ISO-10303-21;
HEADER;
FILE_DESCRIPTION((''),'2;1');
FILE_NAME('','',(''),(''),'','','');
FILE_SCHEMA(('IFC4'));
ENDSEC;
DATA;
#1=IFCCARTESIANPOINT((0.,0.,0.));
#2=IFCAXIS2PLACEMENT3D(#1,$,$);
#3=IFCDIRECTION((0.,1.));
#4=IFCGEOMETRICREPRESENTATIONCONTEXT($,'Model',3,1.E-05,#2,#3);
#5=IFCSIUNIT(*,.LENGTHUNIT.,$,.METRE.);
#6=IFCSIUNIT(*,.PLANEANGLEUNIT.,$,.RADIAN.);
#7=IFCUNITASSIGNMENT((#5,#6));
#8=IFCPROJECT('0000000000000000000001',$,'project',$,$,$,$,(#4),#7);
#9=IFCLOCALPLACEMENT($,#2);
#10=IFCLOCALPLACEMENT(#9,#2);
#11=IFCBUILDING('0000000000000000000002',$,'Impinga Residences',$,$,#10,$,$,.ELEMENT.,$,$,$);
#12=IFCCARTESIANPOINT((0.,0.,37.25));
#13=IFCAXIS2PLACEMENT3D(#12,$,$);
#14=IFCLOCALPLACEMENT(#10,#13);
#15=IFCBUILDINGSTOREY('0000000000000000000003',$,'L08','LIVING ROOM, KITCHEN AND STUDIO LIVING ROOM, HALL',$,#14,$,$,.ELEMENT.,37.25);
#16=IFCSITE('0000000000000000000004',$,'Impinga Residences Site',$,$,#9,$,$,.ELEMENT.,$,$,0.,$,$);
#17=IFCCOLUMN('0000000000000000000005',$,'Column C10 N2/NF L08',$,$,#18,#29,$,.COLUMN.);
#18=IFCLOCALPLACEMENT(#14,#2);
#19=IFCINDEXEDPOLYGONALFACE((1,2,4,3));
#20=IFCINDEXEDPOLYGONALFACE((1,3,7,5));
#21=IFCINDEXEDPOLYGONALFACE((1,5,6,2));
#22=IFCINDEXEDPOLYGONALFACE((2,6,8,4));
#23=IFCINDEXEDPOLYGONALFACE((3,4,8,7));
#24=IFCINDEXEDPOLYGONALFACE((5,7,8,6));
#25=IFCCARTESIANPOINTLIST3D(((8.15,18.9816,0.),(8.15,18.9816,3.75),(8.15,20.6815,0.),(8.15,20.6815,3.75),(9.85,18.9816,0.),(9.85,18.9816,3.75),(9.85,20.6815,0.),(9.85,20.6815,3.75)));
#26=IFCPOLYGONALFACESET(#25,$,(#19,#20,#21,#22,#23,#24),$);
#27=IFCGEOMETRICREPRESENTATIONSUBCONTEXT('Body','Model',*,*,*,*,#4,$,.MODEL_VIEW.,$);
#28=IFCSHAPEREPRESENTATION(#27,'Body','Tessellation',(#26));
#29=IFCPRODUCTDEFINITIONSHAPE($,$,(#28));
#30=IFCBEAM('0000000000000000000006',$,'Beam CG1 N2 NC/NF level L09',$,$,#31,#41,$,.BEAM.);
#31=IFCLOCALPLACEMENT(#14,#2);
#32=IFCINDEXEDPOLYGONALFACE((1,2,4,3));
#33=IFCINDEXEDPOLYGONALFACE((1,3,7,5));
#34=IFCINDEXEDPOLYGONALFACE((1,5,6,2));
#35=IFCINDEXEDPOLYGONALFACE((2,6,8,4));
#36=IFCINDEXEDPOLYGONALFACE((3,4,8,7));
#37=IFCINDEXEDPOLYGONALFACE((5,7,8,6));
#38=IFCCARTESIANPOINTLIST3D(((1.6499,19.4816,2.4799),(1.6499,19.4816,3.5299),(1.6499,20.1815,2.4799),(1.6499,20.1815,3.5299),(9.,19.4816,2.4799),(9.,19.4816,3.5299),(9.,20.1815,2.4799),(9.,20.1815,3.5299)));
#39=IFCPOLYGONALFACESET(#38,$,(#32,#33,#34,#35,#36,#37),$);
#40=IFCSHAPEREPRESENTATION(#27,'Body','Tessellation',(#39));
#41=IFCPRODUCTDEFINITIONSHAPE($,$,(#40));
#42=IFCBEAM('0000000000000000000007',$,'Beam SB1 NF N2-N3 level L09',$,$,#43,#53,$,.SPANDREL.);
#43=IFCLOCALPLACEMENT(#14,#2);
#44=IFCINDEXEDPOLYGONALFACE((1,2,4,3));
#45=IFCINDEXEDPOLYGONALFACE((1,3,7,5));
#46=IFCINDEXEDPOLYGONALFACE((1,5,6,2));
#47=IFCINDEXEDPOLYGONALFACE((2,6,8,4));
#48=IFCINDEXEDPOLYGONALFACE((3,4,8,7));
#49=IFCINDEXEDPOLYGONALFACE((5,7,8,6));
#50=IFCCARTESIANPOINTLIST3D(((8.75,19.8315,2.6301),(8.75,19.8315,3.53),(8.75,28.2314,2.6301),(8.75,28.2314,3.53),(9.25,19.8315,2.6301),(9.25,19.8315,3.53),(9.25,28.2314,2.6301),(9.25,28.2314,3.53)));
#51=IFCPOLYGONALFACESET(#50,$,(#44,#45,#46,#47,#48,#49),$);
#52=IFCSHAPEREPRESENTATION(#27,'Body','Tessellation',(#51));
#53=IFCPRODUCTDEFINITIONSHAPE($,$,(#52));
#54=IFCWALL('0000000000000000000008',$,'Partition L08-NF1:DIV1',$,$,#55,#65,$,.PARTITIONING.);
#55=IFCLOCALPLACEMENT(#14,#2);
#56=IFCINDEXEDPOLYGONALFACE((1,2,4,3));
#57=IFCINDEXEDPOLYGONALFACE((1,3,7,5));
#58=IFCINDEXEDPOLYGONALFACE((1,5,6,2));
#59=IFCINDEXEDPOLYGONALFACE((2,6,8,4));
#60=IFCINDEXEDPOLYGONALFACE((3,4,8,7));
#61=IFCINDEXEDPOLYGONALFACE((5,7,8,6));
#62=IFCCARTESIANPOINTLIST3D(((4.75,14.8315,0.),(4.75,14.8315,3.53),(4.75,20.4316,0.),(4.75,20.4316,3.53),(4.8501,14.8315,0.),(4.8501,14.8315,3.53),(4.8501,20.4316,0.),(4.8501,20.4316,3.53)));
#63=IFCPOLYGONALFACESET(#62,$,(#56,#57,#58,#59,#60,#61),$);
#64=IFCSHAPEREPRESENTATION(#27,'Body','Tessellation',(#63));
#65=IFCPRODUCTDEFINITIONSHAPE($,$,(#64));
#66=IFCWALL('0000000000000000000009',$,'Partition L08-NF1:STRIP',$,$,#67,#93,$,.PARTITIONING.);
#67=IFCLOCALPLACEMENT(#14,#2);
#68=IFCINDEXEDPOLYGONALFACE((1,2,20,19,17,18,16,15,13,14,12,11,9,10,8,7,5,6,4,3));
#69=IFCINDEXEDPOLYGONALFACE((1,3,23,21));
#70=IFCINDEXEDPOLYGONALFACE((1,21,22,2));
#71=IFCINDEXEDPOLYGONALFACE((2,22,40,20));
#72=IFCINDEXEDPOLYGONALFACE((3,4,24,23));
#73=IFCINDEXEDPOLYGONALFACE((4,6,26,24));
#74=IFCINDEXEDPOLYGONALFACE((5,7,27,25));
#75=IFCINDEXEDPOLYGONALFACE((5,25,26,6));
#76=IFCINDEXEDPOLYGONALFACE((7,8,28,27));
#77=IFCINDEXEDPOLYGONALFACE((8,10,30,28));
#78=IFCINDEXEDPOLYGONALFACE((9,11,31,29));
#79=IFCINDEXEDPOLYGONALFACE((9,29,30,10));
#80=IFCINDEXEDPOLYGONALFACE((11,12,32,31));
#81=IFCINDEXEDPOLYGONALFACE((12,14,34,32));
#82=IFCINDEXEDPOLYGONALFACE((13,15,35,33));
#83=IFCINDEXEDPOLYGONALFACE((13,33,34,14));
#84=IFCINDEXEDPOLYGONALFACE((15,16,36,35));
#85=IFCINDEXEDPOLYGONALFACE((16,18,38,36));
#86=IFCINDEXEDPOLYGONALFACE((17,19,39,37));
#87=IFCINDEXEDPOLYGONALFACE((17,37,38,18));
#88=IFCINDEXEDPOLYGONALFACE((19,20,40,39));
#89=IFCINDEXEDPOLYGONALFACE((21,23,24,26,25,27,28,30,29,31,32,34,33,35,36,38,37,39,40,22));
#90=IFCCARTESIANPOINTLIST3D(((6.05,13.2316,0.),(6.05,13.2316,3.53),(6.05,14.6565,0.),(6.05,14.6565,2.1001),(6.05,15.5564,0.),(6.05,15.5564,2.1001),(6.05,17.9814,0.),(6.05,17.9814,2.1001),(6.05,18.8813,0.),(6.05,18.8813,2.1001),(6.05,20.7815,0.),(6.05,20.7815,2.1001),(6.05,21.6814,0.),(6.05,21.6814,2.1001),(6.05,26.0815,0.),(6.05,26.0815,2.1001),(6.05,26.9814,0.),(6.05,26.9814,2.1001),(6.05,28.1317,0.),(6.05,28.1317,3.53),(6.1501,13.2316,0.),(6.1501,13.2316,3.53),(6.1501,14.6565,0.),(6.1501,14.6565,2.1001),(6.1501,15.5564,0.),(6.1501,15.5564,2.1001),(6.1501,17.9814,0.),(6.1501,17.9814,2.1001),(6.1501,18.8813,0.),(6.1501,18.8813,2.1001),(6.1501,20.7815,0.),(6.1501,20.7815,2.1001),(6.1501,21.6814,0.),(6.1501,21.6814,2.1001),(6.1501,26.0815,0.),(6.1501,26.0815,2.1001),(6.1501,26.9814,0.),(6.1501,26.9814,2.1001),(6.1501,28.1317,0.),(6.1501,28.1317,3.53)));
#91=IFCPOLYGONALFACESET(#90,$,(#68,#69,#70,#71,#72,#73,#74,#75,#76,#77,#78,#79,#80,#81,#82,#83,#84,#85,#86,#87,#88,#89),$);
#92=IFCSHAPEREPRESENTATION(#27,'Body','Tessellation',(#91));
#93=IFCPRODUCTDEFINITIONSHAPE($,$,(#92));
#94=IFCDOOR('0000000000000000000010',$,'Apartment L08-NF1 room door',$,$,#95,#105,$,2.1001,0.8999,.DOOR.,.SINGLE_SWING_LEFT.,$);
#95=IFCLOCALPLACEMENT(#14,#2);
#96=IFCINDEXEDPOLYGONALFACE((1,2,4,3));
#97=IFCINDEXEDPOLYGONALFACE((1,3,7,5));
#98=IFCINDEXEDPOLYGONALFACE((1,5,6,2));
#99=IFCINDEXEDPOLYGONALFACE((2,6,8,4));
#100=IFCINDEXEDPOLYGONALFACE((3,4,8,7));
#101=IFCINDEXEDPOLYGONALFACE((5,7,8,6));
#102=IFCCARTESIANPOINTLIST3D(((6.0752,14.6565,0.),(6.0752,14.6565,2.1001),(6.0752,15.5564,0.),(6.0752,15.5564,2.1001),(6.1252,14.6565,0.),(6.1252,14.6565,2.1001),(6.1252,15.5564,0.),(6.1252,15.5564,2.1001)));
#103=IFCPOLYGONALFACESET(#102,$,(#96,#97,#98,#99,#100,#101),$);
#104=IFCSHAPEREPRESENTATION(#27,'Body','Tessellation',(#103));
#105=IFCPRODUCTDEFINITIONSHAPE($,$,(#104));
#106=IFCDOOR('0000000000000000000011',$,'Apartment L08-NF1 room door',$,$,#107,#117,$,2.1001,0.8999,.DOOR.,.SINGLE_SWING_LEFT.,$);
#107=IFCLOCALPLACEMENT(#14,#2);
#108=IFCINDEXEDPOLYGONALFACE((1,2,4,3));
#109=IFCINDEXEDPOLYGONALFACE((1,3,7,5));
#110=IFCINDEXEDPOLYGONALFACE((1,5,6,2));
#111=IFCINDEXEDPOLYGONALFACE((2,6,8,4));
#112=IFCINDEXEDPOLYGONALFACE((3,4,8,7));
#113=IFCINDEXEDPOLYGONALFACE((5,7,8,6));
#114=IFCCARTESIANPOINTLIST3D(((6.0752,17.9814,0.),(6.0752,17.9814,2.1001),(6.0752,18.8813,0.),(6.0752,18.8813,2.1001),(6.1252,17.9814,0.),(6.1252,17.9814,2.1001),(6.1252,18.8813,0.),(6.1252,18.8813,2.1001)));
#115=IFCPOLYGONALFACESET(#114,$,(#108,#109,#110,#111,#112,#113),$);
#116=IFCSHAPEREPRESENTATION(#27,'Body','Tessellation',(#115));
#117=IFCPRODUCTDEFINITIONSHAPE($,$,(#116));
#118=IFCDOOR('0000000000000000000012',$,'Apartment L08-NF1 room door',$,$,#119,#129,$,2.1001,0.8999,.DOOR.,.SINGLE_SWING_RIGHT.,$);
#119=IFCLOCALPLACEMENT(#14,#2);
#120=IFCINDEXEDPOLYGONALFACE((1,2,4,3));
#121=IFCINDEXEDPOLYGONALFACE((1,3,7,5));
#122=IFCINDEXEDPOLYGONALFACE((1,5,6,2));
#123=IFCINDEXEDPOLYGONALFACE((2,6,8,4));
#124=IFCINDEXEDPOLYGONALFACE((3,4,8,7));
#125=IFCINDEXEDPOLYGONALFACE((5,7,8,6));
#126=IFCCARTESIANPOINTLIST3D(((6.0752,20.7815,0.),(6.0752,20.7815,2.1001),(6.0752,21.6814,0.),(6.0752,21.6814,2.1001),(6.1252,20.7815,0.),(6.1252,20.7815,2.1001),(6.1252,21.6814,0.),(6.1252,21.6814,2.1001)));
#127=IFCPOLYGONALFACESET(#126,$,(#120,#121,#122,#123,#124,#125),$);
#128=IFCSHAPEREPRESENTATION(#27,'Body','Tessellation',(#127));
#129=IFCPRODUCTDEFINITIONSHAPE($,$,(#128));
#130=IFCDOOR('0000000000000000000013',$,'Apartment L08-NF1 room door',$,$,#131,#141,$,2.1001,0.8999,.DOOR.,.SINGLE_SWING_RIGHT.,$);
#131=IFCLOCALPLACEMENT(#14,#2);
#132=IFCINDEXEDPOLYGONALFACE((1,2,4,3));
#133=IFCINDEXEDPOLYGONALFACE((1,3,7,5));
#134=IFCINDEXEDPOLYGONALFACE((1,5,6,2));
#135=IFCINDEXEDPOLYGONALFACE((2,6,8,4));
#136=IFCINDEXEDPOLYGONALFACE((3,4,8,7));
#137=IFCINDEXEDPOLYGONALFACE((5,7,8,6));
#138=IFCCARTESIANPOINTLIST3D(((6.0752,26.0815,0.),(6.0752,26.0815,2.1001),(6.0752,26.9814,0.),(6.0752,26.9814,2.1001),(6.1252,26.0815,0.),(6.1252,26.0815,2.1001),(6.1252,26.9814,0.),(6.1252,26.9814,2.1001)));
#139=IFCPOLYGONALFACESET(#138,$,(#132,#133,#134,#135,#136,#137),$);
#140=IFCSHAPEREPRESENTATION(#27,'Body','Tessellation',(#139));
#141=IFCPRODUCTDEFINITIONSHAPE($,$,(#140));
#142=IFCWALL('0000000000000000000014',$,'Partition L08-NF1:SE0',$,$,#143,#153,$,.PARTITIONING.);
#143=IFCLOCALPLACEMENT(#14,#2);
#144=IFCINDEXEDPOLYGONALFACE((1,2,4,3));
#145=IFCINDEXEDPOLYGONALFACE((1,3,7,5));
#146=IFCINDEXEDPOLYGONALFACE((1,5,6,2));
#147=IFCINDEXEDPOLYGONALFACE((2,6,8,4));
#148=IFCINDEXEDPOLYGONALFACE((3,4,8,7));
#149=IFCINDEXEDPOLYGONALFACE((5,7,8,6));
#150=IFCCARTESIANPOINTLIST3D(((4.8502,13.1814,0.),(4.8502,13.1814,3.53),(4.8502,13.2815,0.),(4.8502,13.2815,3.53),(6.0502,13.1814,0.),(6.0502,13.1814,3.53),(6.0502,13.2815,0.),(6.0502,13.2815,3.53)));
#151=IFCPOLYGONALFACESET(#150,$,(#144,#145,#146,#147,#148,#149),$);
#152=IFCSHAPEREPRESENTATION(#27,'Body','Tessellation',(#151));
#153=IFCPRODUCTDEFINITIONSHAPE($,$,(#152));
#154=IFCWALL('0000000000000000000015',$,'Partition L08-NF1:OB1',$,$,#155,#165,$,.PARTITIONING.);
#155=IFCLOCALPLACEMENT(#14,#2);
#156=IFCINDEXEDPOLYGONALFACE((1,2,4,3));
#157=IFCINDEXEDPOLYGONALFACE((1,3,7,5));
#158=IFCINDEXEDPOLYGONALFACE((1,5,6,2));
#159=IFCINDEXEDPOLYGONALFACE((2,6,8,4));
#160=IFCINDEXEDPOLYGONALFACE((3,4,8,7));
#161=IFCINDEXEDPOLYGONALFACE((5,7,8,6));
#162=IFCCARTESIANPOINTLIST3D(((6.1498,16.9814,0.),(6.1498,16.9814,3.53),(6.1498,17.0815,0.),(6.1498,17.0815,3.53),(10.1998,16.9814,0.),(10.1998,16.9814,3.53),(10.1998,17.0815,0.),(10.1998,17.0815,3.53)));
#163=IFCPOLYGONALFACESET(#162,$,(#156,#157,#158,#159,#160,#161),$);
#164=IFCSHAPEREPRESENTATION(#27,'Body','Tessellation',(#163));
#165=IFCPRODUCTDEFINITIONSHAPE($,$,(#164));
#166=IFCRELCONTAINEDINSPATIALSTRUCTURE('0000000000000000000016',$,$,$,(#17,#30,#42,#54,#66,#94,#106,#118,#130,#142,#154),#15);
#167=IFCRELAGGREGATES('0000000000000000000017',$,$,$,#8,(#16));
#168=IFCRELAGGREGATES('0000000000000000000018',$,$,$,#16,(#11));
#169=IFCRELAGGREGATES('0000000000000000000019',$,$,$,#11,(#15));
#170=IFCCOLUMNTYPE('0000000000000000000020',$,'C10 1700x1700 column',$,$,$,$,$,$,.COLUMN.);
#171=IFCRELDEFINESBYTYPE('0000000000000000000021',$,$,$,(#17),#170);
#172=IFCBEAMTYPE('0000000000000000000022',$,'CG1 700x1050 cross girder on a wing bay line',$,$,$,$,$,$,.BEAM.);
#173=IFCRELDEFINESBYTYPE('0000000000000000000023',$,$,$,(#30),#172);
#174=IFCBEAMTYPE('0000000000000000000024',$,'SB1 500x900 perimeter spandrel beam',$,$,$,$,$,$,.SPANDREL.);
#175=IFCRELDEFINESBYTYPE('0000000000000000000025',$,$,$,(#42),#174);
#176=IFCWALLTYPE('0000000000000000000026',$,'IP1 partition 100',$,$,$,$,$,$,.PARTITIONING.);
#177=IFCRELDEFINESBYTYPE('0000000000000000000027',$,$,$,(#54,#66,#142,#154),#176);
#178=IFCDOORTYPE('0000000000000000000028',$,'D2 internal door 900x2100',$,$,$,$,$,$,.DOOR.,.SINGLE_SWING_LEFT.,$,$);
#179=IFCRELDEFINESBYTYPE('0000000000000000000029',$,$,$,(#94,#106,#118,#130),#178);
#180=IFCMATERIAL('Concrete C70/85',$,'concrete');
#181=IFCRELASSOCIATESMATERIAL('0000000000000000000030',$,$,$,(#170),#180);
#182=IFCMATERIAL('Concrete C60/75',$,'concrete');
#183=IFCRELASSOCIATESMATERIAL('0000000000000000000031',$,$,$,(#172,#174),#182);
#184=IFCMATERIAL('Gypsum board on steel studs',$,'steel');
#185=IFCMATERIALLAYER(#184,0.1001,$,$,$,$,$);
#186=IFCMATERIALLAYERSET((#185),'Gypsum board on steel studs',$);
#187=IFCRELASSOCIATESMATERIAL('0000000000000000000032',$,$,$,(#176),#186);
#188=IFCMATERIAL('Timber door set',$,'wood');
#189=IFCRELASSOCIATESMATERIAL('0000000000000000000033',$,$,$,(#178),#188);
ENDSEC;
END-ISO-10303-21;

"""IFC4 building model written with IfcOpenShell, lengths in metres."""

from ifc_helpers import new_model, si_unit, direction, frame, frame_2d, origin, origin_2d, place, context, subcontext, project, spatial, rectangle, extrude, material, layer, layer_set, material_profile, profile_set, type_object, element, fill, save


model = new_model("IFC4")

# Units and contexts
model_context = context("Model", 3, precision=1e-05, world=origin(), true_north=direction((0.0, 1.0)))
body_context = subcontext(model_context, "Body", "Model", "MODEL_VIEW")
ifc_project = project(units=[si_unit("LENGTHUNIT", "METRE"), si_unit("PLANEANGLEUNIT", "RADIAN")], contexts=[model_context])

# Site, building, storey
site_placement = place(None, origin())
site = spatial("IfcSite", under=ifc_project, at=site_placement, Name="Impinga Residences Site", CompositionType="ELEMENT", RefElevation=0.0)
building_placement = place(site_placement, origin())
building = spatial("IfcBuilding", under=site, at=building_placement, Name="Impinga Residences", CompositionType="ELEMENT")
storey_placement = place(building_placement, frame((0.0, 0.0, 37.25)))
storey = spatial("IfcBuildingStorey", under=building, at=storey_placement, Name="L08", Description="LIVING ROOM, KITCHEN AND STUDIO LIVING ROOM, HALL", CompositionType="ELEMENT", Elevation=37.25)

# Column
ifc_material_1 = material(Name="Concrete C70/85", Category="concrete")
ifc_material_profile_1 = material_profile(ifc_material_1, rectangle(XDim=1.7, YDim=1.7, at=origin_2d()), Name="RC 1700x1700")
ifc_profile_set_1 = profile_set([ifc_material_profile_1], Name="Concrete C70/85")
column_type = type_object("IfcColumnType", Name="C10 1700x1700 column", PredefinedType="COLUMN", material=ifc_profile_set_1)
column_placement = place(storey_placement, frame((9.0, 19.8315, 0.0), z_axis=(0.0, 0.0, 1.0), x_axis=(1.0, 0.0, 0.0)))
element("IfcColumn", 1, at=column_placement, inside=storey, type_object=column_type, Name="Column C10 N2/NF L08", PredefinedType="COLUMN", context=body_context, shape_type="SweptSolid", body=[
    extrude(rectangle(XDim=1.7, YDim=1.7, at=origin_2d()), origin(), (0.0, 0.0, 1.0), 3.75),
])

# Beams
ifc_material_2 = material(Name="Concrete C60/75", Category="concrete")
ifc_material_profile_2 = material_profile(ifc_material_2, rectangle(XDim=0.7, YDim=1.05, at=origin_2d()), Name="RC 700x1050")
ifc_profile_set_2 = profile_set([ifc_material_profile_2], Name="Concrete C60/75")
beam_type_1 = type_object("IfcBeamType", Name="CG1 700x1050 cross girder on a wing bay line", PredefinedType="BEAM", material=ifc_profile_set_2)
beam_1_placement = place(storey_placement, frame((1.6499, 19.8315, 3.0049), z_axis=(1.0, 0.0, 0.0), x_axis=(0.0, 1.0, 0.0)))
element("IfcBeam", 2, at=beam_1_placement, inside=storey, type_object=beam_type_1, Name="Beam CG1 N2 NC/NF level L09", PredefinedType="BEAM", context=body_context, shape_type="SweptSolid", body=[
    extrude(rectangle(XDim=0.7, YDim=1.05, at=origin_2d()), origin(), (0.0, 0.0, 1.0), 7.3501),
])
ifc_material_profile_3 = material_profile(ifc_material_2, rectangle(XDim=0.5, YDim=0.8999, at=origin_2d()), Name="RC 500x900")
ifc_profile_set_3 = profile_set([ifc_material_profile_3], Name="Concrete C60/75")
beam_type_2 = type_object("IfcBeamType", Name="SB1 500x900 perimeter spandrel beam", PredefinedType="SPANDREL", material=ifc_profile_set_3)
beam_2_placement = place(storey_placement, frame((9.0, 19.8315, 3.0801), z_axis=(0.0, 1.0, 0.0), x_axis=(-1.0, 0.0, 0.0)))
element("IfcBeam", 3, at=beam_2_placement, inside=storey, type_object=beam_type_2, Name="Beam SB1 NF N2-N3 level L09", PredefinedType="SPANDREL", context=body_context, shape_type="SweptSolid", body=[
    extrude(rectangle(XDim=0.5, YDim=0.8999, at=origin_2d()), origin(), (0.0, 0.0, 1.0), 8.3999),
])

# Wall
ifc_material_3 = material(Name="Gypsum board on steel studs", Category="steel")
ifc_layer_1 = layer(ifc_material_3, 0.1001)
ifc_layer_set_1 = layer_set([ifc_layer_1], Name="Gypsum board on steel studs")
wall_type_1 = type_object("IfcWallType", Name="IP1 partition 100", PredefinedType="PARTITIONING", material=ifc_layer_set_1)
wall_1_placement = place(storey_placement, frame((4.8, 14.8315, 0.0), z_axis=(0.0, 0.0, 1.0), x_axis=(0.0, 1.0, 0.0)))
element("IfcWall", 4, at=wall_1_placement, inside=storey, type_object=wall_type_1, Name="Partition L08-NF1:DIV1", PredefinedType="PARTITIONING", context=body_context, shape_type="SweptSolid", body=[
    extrude(rectangle(XDim=5.6001, YDim=0.1001, at=frame_2d((2.8, 0.0))), origin(), (0.0, 0.0, 1.0), 3.53),
])

# Wall, openings, doors
wall_2_placement = place(storey_placement, frame((6.1001, 13.2314, 0.0), z_axis=(0.0, 0.0, 1.0), x_axis=(0.0, 1.0, 0.0)))
wall_2 = element("IfcWall", 5, at=wall_2_placement, inside=storey, type_object=wall_type_1, Name="Partition L08-NF1:STRIP", PredefinedType="PARTITIONING", context=body_context, shape_type="SweptSolid", body=[
    extrude(rectangle(XDim=14.9001, YDim=0.1001, at=frame_2d((7.4502, 0.0))), origin(), (0.0, 0.0, 1.0), 3.53),
])
opening_1_placement = place(wall_2_placement, frame((1.425, 0.0, 0.0)))
opening_1 = element("IfcOpeningElement", 6, at=opening_1_placement, cuts=wall_2, PredefinedType="OPENING", context=body_context, shape_type="SweptSolid", body=[
    extrude(rectangle(XDim=0.8999, YDim=2.1001, at=frame_2d((0.45, 1.05))), frame((0.0, 0.0601, 0.0), z_axis=(0.0, -1.0, 0.0), x_axis=(1.0, 0.0, 0.0)), (0.0, 0.0, 1.0), 0.1201),
])
opening_2_placement = place(wall_2_placement, frame((4.75, 0.0, 0.0)))
opening_2 = element("IfcOpeningElement", 7, at=opening_2_placement, cuts=wall_2, PredefinedType="OPENING", context=body_context, shape_type="SweptSolid", body=[
    extrude(rectangle(XDim=0.8999, YDim=2.1001, at=frame_2d((0.45, 1.05))), frame((0.0, 0.0601, 0.0), z_axis=(0.0, -1.0, 0.0), x_axis=(1.0, 0.0, 0.0)), (0.0, 0.0, 1.0), 0.1201),
])
opening_3_placement = place(wall_2_placement, frame((7.55, 0.0, 0.0)))
opening_3 = element("IfcOpeningElement", 8, at=opening_3_placement, cuts=wall_2, PredefinedType="OPENING", context=body_context, shape_type="SweptSolid", body=[
    extrude(rectangle(XDim=0.8999, YDim=2.1001, at=frame_2d((0.45, 1.05))), frame((0.0, 0.0601, 0.0), z_axis=(0.0, -1.0, 0.0), x_axis=(1.0, 0.0, 0.0)), (0.0, 0.0, 1.0), 0.1201),
])
opening_4_placement = place(wall_2_placement, frame((12.8501, 0.0, 0.0)))
opening_4 = element("IfcOpeningElement", 9, at=opening_4_placement, cuts=wall_2, PredefinedType="OPENING", context=body_context, shape_type="SweptSolid", body=[
    extrude(rectangle(XDim=0.8999, YDim=2.1001, at=frame_2d((0.45, 1.05))), frame((0.0, 0.0601, 0.0), z_axis=(0.0, -1.0, 0.0), x_axis=(1.0, 0.0, 0.0)), (0.0, 0.0, 1.0), 0.1201),
])
ifc_material_4 = material(Name="Timber door set", Category="wood")
door_type = type_object("IfcDoorType", Name="D2 internal door 900x2100", OperationType="SINGLE_SWING_LEFT", PredefinedType="DOOR", material=ifc_material_4)
door_1_placement = place(opening_1_placement, origin())
door_1 = element("IfcDoor", 10, at=door_1_placement, inside=storey, type_object=door_type, Name="Apartment L08-NF1 room door", OperationType="SINGLE_SWING_LEFT", OverallHeight=2.1001, OverallWidth=0.8999, PredefinedType="DOOR", context=body_context, shape_type="SweptSolid", body=[
    extrude(rectangle(XDim=0.8999, YDim=2.1001, at=frame_2d((0.45, 1.05))), frame((0.0, 0.0249, 0.0), z_axis=(0.0, -1.0, 0.0), x_axis=(1.0, 0.0, 0.0)), (0.0, 0.0, 1.0), 0.05),
])
fill(opening_1, door_1)
door_2_placement = place(opening_2_placement, origin())
door_2 = element("IfcDoor", 11, at=door_2_placement, inside=storey, type_object=door_type, Name="Apartment L08-NF1 room door", OperationType="SINGLE_SWING_LEFT", OverallHeight=2.1001, OverallWidth=0.8999, PredefinedType="DOOR", context=body_context, shape_type="SweptSolid", body=[
    extrude(rectangle(XDim=0.8999, YDim=2.1001, at=frame_2d((0.45, 1.05))), frame((0.0, 0.0249, 0.0), z_axis=(0.0, -1.0, 0.0), x_axis=(1.0, 0.0, 0.0)), (0.0, 0.0, 1.0), 0.05),
])
fill(opening_2, door_2)
door_3_placement = place(opening_3_placement, origin())
door_3 = element("IfcDoor", 12, at=door_3_placement, inside=storey, type_object=door_type, Name="Apartment L08-NF1 room door", OperationType="SINGLE_SWING_RIGHT", OverallHeight=2.1001, OverallWidth=0.8999, PredefinedType="DOOR", context=body_context, shape_type="SweptSolid", body=[
    extrude(rectangle(XDim=0.8999, YDim=2.1001, at=frame_2d((0.45, 1.05))), frame((0.0, 0.0249, 0.0), z_axis=(0.0, -1.0, 0.0), x_axis=(1.0, 0.0, 0.0)), (0.0, 0.0, 1.0), 0.05),
])
fill(opening_3, door_3)
door_4_placement = place(opening_4_placement, origin())
door_4 = element("IfcDoor", 13, at=door_4_placement, inside=storey, type_object=door_type, Name="Apartment L08-NF1 room door", OperationType="SINGLE_SWING_RIGHT", OverallHeight=2.1001, OverallWidth=0.8999, PredefinedType="DOOR", context=body_context, shape_type="SweptSolid", body=[
    extrude(rectangle(XDim=0.8999, YDim=2.1001, at=frame_2d((0.45, 1.05))), frame((0.0, 0.0249, 0.0), z_axis=(0.0, -1.0, 0.0), x_axis=(1.0, 0.0, 0.0)), (0.0, 0.0, 1.0), 0.05),
])
fill(opening_4, door_4)

# Walls
wall_3_placement = place(storey_placement, frame((4.8501, 13.2314, 0.0), z_axis=(0.0, 0.0, 1.0), x_axis=(1.0, 0.0, 0.0)))
element("IfcWall", 14, at=wall_3_placement, inside=storey, type_object=wall_type_1, Name="Partition L08-NF1:SE0", PredefinedType="PARTITIONING", context=body_context, shape_type="SweptSolid", body=[
    extrude(rectangle(XDim=1.2, YDim=0.1001, at=frame_2d((0.6001, 0.0))), origin(), (0.0, 0.0, 1.0), 3.53),
])
wall_4_placement = place(storey_placement, frame((6.1499, 17.0315, 0.0), z_axis=(0.0, 0.0, 1.0), x_axis=(1.0, 0.0, 0.0)))
element("IfcWall", 15, at=wall_4_placement, inside=storey, type_object=wall_type_1, Name="Partition L08-NF1:OB1", PredefinedType="PARTITIONING", context=body_context, shape_type="SweptSolid", body=[
    extrude(rectangle(XDim=4.05, YDim=0.1001, at=frame_2d((2.0249, 0.0))), origin(), (0.0, 0.0, 1.0), 3.53),
])

save(model, "model.ifc")
